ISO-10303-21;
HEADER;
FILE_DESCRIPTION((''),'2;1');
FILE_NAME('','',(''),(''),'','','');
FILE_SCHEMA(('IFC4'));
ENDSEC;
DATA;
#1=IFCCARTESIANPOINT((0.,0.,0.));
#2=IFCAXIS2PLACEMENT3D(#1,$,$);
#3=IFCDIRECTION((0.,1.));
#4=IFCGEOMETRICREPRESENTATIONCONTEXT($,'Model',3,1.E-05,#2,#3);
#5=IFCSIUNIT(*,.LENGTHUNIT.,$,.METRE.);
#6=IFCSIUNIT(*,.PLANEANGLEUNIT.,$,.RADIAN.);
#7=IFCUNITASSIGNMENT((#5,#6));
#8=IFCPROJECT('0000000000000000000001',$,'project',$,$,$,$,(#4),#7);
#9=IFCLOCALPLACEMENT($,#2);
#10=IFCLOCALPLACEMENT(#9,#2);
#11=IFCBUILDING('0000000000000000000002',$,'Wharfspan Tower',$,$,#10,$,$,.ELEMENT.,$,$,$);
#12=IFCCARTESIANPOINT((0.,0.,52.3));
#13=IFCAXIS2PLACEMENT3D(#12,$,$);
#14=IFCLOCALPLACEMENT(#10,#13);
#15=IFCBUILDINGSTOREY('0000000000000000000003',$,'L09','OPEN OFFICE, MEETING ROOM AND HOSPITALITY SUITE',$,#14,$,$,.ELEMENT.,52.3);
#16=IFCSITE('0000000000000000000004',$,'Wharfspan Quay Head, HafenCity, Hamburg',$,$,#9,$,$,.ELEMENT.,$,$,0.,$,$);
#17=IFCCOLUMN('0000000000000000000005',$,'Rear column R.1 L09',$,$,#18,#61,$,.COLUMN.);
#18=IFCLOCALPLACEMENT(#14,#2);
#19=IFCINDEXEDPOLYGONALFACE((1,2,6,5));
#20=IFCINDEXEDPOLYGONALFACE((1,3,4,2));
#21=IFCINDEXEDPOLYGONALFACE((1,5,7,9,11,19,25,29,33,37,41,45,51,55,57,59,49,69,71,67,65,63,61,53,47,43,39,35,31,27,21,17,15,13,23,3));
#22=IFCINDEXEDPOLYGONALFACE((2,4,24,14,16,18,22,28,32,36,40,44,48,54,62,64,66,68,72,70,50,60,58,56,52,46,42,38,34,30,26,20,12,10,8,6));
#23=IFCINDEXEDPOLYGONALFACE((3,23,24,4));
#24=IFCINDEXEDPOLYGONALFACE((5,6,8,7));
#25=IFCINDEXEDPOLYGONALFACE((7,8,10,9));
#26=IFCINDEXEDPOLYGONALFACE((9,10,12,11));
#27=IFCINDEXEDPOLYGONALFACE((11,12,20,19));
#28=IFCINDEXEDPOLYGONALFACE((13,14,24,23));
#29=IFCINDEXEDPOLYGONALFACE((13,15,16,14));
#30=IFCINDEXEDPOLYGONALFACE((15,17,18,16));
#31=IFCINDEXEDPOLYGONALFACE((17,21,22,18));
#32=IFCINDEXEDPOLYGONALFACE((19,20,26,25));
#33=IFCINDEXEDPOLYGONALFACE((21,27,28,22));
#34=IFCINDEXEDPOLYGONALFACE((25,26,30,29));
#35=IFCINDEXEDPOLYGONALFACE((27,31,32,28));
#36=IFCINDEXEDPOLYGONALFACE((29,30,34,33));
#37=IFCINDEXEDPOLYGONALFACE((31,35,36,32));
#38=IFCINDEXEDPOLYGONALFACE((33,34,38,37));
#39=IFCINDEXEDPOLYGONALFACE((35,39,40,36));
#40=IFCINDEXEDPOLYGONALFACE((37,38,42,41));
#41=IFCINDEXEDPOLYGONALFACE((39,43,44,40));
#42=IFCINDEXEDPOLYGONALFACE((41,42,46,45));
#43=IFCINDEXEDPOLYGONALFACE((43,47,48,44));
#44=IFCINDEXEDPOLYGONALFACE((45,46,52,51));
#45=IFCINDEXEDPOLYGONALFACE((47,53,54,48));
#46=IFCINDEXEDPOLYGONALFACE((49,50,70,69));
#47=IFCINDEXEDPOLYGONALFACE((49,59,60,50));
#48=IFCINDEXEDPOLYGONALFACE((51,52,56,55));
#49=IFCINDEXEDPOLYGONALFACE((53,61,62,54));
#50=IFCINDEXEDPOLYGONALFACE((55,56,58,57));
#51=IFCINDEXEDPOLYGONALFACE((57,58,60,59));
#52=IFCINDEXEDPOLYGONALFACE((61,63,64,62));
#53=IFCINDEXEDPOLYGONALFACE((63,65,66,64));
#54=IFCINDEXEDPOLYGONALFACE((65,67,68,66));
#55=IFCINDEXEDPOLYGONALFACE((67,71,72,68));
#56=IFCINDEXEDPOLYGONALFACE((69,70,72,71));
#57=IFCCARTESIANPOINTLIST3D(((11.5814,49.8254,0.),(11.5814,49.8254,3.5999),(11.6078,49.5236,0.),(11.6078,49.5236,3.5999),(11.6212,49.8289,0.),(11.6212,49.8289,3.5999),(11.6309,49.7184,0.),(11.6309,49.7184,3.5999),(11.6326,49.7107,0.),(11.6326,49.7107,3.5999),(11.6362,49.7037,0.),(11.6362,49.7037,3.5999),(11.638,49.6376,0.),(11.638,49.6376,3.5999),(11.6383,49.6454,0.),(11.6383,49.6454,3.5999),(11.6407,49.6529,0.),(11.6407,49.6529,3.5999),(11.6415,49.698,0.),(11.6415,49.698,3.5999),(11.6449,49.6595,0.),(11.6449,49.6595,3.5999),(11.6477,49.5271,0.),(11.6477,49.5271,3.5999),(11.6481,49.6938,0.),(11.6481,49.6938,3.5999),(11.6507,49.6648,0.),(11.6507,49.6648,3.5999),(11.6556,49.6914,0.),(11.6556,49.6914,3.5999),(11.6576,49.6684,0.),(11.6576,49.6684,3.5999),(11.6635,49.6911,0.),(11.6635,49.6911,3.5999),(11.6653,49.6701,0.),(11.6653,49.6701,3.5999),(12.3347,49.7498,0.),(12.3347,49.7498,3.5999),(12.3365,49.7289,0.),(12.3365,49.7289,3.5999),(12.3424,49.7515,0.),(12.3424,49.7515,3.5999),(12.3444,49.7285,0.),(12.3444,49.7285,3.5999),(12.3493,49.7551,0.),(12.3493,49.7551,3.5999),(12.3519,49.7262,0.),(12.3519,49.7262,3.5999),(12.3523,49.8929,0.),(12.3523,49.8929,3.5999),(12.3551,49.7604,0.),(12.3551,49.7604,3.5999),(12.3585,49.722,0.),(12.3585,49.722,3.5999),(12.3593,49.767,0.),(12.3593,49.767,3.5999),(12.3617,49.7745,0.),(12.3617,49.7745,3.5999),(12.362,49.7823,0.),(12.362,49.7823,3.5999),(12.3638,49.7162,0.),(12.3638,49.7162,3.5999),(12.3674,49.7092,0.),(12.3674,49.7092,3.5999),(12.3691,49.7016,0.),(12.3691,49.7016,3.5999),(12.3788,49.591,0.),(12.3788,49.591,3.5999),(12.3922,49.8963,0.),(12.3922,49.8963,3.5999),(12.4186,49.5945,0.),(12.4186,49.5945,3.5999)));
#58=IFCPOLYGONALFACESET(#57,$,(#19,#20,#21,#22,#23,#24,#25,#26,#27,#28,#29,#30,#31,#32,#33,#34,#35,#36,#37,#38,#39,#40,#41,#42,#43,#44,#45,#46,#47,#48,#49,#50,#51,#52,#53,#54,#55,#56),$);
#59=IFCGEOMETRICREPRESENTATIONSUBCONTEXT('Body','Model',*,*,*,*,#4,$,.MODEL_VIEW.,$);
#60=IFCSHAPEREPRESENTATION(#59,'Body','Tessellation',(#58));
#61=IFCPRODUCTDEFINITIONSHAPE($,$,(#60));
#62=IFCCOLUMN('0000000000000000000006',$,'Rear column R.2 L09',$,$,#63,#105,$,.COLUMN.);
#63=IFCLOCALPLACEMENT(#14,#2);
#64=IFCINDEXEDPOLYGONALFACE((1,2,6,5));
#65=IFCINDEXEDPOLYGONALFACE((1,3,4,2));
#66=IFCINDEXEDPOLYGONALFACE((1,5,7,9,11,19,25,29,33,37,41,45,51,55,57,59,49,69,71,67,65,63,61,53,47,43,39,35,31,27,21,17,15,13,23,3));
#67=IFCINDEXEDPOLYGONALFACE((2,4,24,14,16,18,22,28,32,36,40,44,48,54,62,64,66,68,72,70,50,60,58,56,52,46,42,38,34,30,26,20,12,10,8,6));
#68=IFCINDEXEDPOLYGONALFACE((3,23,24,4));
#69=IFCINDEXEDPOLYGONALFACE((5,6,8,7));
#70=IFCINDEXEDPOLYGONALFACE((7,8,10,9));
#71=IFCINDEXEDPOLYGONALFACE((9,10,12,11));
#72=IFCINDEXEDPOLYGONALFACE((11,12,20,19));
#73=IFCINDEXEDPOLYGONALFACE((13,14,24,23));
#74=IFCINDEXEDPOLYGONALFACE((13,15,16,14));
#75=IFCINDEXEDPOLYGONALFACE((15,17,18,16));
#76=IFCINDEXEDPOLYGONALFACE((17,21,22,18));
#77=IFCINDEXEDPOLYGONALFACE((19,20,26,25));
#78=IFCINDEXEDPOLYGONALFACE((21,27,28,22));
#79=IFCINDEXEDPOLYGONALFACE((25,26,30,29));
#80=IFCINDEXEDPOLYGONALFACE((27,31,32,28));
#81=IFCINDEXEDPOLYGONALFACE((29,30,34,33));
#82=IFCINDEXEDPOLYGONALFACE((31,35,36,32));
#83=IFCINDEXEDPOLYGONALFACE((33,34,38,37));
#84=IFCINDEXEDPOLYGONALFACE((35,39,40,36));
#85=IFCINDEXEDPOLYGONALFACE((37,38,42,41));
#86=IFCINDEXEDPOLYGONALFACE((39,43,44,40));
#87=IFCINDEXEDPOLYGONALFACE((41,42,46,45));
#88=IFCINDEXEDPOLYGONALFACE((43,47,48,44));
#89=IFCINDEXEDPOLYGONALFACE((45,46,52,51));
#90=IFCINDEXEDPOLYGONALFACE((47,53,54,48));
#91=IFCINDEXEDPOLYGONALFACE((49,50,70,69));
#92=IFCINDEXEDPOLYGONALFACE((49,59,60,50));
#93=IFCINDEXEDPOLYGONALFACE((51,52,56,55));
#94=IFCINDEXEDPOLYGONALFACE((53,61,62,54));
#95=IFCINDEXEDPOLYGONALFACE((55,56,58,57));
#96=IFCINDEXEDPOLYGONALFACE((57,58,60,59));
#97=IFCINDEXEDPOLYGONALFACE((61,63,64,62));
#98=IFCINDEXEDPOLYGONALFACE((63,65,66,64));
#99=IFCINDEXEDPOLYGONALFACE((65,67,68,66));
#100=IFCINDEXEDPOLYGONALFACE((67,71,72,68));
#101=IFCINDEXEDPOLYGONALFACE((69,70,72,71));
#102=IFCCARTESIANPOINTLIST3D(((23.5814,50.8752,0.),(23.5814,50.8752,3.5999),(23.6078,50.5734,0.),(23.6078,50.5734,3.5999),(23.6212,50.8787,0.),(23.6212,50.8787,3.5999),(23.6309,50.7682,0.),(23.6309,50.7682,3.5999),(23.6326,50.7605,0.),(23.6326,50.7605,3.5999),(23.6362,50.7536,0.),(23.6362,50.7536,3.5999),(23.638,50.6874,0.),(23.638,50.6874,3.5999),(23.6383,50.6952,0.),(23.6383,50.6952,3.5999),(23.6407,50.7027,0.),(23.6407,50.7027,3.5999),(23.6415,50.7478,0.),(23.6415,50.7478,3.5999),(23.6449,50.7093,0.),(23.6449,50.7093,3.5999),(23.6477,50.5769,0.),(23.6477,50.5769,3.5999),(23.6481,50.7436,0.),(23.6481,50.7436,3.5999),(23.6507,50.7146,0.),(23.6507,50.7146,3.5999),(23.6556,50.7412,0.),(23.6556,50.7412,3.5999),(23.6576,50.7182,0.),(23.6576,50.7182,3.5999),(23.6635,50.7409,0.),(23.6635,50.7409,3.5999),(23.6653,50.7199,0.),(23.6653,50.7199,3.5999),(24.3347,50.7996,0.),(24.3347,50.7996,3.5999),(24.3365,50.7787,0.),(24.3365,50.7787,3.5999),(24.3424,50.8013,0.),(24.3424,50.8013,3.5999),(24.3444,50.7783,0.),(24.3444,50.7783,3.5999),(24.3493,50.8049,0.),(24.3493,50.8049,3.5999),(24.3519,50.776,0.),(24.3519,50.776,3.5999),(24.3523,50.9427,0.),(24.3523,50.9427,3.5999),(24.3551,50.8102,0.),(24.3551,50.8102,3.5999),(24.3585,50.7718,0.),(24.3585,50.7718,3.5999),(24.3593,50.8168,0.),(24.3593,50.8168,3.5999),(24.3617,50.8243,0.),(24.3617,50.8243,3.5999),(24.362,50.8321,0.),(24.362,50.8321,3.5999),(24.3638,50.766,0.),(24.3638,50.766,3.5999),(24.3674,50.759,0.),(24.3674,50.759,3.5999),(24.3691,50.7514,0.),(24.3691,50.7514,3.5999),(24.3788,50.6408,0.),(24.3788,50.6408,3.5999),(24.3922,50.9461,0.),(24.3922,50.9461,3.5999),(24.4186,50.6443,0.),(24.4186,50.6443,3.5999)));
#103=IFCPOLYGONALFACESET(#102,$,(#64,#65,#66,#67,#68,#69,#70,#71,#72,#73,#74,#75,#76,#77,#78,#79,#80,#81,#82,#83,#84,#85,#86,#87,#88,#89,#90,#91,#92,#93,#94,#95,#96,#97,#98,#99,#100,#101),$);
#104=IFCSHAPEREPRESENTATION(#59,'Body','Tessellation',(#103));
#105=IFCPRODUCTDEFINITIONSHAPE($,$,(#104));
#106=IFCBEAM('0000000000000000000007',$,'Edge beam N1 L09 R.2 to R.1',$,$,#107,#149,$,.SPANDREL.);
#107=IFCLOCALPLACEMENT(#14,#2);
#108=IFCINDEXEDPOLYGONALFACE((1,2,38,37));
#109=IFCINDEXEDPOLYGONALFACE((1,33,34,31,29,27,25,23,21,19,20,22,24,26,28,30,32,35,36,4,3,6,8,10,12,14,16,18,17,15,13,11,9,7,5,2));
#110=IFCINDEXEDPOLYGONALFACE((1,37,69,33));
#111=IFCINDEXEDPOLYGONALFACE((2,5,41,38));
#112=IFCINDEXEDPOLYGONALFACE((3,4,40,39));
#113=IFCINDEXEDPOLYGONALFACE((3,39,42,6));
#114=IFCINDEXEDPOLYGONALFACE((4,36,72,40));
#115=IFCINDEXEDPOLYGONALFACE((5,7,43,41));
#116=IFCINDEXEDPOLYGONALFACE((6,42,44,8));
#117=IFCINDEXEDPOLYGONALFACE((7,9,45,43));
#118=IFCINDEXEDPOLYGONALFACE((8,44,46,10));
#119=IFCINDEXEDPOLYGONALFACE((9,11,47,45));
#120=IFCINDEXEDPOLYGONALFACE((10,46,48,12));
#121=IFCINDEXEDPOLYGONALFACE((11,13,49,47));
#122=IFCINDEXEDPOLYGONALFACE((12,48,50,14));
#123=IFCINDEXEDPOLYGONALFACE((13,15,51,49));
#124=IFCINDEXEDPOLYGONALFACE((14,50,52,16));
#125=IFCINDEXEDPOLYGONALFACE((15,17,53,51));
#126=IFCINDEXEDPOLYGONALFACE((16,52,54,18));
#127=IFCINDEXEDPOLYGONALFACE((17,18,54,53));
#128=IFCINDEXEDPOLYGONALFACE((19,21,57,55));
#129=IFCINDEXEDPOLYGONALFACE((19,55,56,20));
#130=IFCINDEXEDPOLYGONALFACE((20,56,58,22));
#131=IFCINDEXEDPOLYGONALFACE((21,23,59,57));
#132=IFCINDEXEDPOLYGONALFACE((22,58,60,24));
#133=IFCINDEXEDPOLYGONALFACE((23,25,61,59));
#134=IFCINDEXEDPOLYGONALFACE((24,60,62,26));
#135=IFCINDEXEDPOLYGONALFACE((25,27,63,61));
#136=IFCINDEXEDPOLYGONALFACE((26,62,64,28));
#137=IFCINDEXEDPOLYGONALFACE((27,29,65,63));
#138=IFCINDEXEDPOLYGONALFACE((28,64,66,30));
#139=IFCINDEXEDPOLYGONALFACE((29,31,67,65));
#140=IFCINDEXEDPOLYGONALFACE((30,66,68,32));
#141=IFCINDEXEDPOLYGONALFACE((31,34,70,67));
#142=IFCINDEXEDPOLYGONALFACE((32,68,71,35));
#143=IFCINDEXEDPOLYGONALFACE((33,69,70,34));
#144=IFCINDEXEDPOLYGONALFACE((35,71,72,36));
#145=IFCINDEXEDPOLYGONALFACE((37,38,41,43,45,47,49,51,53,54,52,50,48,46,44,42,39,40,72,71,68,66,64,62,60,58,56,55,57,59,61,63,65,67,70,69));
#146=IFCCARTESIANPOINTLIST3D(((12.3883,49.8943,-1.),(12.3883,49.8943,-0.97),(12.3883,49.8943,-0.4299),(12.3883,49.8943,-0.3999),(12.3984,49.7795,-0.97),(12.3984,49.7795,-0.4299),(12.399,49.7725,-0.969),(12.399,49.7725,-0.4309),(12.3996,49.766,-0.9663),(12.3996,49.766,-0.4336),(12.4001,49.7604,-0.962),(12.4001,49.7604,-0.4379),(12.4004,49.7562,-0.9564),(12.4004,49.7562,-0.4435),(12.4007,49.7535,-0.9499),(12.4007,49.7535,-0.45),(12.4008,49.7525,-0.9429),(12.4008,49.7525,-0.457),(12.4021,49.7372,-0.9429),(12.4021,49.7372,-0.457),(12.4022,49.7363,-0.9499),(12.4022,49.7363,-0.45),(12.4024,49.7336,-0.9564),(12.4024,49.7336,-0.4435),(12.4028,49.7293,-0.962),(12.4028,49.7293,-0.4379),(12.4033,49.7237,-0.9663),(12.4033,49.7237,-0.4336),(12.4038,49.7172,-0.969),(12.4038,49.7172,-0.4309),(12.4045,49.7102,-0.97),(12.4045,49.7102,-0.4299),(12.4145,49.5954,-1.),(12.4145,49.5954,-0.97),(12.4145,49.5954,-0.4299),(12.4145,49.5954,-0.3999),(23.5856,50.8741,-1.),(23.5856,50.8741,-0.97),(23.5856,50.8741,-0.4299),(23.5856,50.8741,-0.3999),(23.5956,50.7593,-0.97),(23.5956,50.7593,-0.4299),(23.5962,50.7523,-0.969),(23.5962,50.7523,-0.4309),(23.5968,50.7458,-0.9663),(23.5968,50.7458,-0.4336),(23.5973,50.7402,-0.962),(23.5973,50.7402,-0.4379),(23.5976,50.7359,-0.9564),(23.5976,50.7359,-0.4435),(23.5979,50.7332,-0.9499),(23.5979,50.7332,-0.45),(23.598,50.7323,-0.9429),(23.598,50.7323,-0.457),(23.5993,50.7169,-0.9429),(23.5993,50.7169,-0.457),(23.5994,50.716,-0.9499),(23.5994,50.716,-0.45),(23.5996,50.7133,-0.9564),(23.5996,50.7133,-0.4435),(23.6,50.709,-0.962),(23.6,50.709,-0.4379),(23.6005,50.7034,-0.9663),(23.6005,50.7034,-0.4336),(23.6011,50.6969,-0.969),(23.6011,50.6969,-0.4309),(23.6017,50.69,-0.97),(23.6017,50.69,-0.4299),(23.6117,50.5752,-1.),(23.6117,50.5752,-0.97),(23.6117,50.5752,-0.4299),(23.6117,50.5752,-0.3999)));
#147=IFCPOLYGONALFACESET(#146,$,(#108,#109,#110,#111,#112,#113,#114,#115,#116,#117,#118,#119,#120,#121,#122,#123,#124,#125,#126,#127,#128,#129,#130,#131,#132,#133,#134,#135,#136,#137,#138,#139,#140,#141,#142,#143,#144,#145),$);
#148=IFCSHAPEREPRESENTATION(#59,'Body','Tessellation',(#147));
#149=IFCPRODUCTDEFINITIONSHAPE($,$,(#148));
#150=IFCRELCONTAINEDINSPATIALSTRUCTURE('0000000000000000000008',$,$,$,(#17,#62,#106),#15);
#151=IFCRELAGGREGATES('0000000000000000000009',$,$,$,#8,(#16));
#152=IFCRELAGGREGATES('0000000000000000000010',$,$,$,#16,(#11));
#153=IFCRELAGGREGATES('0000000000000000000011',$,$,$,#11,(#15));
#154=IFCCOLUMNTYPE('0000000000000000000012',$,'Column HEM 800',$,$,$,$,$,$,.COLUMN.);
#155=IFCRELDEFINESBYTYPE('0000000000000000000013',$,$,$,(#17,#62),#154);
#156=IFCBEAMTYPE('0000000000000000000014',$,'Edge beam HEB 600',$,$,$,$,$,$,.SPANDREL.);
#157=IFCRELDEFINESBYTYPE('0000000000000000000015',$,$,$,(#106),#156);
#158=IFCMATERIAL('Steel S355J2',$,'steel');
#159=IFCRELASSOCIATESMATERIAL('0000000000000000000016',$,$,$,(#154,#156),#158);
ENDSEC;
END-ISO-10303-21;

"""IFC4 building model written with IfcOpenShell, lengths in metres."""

from ifc_helpers import new_model, si_unit, direction, frame, origin, origin_2d, place, context, subcontext, project, spatial, i_section, extrude, material, material_profile, profile_set, type_object, element, save


model = new_model("IFC4")

# Units and contexts
model_context = context("Model", 3, precision=1e-05, world=origin(), true_north=direction((0.0, 1.0)))
body_context = subcontext(model_context, "Body", "Model", "MODEL_VIEW")
ifc_project = project(units=[si_unit("LENGTHUNIT", "METRE"), si_unit("PLANEANGLEUNIT", "RADIAN")], contexts=[model_context])

# Site, building, storey
site_placement = place(None, origin())
site = spatial("IfcSite", under=ifc_project, at=site_placement, Name="Wharfspan Quay Head, HafenCity, Hamburg", CompositionType="ELEMENT", RefElevation=0.0)
building_placement = place(site_placement, origin())
building = spatial("IfcBuilding", under=site, at=building_placement, Name="Wharfspan Tower", CompositionType="ELEMENT")
storey_placement = place(building_placement, frame((0.0, 0.0, 52.3)))
storey = spatial("IfcBuildingStorey", under=building, at=storey_placement, Name="L09", Description="OPEN OFFICE, MEETING ROOM AND HOSPITALITY SUITE", CompositionType="ELEMENT", Elevation=52.3)

# Columns
ifc_material_1 = material(Name="Steel S355J2", Category="steel")
ifc_material_profile_1 = material_profile(ifc_material_1, i_section(OverallWidth=0.303, OverallDepth=0.814, WebThickness=0.021, FlangeThickness=0.04, FilletRadius=0.03, at=origin_2d()))
ifc_profile_set_1 = profile_set([ifc_material_profile_1], Name="Steel S355J2")
column_type = type_object("IfcColumnType", Name="Column HEM 800", PredefinedType="COLUMN", material=ifc_profile_set_1)
for number, where, z_axis, x_axis, name in (
    (1, (12.0, 49.71, 0.0), (0.0, 0.0, 1.0), (-0.087156, 0.996197, 0.0), "Rear column R.1 L09"),
    (2, (24.0, 50.7598, 0.0), (0.0, 0.0, 1.0), (-0.087156, 0.996197, 0.0), "Rear column R.2 L09"),
):
    element("IfcColumn", number, at=place(storey_placement, frame(where, z_axis=z_axis, x_axis=x_axis)), inside=storey, type_object=column_type, Name=name, PredefinedType="COLUMN", context=body_context, shape_type="SweptSolid", body=[
        extrude(i_section(OverallWidth=0.303, OverallDepth=0.814, WebThickness=0.021, FlangeThickness=0.04, FilletRadius=0.03, at=origin_2d()), origin(), (0.0, 0.0, 1.0), 3.5999),
    ])

# Beam
ifc_material_profile_2 = material_profile(ifc_material_1, i_section(OverallWidth=0.3, OverallDepth=0.6001, WebThickness=0.0154, FlangeThickness=0.03, FilletRadius=0.0271, at=origin_2d()))
ifc_profile_set_2 = profile_set([ifc_material_profile_2], Name="Steel S355J2")
beam_type = type_object("IfcBeamType", Name="Edge beam HEB 600", PredefinedType="SPANDREL", material=ifc_profile_set_2)
beam_placement = place(storey_placement, frame((23.5986, 50.7246, -0.7), z_axis=(-0.996194, -0.087165, 0.0), x_axis=(0.087165, -0.996194, 0.0)))
element("IfcBeam", 3, at=beam_placement, inside=storey, type_object=beam_type, Name="Edge beam N1 L09 R.2 to R.1", PredefinedType="SPANDREL", context=body_context, shape_type="SweptSolid", body=[
    extrude(i_section(OverallWidth=0.3, OverallDepth=0.6001, WebThickness=0.0154, FlangeThickness=0.03, FilletRadius=0.0271, at=origin_2d()), origin(), (0.0, 0.0, 1.0), 11.24),
])

save(model, "model.ifc")
